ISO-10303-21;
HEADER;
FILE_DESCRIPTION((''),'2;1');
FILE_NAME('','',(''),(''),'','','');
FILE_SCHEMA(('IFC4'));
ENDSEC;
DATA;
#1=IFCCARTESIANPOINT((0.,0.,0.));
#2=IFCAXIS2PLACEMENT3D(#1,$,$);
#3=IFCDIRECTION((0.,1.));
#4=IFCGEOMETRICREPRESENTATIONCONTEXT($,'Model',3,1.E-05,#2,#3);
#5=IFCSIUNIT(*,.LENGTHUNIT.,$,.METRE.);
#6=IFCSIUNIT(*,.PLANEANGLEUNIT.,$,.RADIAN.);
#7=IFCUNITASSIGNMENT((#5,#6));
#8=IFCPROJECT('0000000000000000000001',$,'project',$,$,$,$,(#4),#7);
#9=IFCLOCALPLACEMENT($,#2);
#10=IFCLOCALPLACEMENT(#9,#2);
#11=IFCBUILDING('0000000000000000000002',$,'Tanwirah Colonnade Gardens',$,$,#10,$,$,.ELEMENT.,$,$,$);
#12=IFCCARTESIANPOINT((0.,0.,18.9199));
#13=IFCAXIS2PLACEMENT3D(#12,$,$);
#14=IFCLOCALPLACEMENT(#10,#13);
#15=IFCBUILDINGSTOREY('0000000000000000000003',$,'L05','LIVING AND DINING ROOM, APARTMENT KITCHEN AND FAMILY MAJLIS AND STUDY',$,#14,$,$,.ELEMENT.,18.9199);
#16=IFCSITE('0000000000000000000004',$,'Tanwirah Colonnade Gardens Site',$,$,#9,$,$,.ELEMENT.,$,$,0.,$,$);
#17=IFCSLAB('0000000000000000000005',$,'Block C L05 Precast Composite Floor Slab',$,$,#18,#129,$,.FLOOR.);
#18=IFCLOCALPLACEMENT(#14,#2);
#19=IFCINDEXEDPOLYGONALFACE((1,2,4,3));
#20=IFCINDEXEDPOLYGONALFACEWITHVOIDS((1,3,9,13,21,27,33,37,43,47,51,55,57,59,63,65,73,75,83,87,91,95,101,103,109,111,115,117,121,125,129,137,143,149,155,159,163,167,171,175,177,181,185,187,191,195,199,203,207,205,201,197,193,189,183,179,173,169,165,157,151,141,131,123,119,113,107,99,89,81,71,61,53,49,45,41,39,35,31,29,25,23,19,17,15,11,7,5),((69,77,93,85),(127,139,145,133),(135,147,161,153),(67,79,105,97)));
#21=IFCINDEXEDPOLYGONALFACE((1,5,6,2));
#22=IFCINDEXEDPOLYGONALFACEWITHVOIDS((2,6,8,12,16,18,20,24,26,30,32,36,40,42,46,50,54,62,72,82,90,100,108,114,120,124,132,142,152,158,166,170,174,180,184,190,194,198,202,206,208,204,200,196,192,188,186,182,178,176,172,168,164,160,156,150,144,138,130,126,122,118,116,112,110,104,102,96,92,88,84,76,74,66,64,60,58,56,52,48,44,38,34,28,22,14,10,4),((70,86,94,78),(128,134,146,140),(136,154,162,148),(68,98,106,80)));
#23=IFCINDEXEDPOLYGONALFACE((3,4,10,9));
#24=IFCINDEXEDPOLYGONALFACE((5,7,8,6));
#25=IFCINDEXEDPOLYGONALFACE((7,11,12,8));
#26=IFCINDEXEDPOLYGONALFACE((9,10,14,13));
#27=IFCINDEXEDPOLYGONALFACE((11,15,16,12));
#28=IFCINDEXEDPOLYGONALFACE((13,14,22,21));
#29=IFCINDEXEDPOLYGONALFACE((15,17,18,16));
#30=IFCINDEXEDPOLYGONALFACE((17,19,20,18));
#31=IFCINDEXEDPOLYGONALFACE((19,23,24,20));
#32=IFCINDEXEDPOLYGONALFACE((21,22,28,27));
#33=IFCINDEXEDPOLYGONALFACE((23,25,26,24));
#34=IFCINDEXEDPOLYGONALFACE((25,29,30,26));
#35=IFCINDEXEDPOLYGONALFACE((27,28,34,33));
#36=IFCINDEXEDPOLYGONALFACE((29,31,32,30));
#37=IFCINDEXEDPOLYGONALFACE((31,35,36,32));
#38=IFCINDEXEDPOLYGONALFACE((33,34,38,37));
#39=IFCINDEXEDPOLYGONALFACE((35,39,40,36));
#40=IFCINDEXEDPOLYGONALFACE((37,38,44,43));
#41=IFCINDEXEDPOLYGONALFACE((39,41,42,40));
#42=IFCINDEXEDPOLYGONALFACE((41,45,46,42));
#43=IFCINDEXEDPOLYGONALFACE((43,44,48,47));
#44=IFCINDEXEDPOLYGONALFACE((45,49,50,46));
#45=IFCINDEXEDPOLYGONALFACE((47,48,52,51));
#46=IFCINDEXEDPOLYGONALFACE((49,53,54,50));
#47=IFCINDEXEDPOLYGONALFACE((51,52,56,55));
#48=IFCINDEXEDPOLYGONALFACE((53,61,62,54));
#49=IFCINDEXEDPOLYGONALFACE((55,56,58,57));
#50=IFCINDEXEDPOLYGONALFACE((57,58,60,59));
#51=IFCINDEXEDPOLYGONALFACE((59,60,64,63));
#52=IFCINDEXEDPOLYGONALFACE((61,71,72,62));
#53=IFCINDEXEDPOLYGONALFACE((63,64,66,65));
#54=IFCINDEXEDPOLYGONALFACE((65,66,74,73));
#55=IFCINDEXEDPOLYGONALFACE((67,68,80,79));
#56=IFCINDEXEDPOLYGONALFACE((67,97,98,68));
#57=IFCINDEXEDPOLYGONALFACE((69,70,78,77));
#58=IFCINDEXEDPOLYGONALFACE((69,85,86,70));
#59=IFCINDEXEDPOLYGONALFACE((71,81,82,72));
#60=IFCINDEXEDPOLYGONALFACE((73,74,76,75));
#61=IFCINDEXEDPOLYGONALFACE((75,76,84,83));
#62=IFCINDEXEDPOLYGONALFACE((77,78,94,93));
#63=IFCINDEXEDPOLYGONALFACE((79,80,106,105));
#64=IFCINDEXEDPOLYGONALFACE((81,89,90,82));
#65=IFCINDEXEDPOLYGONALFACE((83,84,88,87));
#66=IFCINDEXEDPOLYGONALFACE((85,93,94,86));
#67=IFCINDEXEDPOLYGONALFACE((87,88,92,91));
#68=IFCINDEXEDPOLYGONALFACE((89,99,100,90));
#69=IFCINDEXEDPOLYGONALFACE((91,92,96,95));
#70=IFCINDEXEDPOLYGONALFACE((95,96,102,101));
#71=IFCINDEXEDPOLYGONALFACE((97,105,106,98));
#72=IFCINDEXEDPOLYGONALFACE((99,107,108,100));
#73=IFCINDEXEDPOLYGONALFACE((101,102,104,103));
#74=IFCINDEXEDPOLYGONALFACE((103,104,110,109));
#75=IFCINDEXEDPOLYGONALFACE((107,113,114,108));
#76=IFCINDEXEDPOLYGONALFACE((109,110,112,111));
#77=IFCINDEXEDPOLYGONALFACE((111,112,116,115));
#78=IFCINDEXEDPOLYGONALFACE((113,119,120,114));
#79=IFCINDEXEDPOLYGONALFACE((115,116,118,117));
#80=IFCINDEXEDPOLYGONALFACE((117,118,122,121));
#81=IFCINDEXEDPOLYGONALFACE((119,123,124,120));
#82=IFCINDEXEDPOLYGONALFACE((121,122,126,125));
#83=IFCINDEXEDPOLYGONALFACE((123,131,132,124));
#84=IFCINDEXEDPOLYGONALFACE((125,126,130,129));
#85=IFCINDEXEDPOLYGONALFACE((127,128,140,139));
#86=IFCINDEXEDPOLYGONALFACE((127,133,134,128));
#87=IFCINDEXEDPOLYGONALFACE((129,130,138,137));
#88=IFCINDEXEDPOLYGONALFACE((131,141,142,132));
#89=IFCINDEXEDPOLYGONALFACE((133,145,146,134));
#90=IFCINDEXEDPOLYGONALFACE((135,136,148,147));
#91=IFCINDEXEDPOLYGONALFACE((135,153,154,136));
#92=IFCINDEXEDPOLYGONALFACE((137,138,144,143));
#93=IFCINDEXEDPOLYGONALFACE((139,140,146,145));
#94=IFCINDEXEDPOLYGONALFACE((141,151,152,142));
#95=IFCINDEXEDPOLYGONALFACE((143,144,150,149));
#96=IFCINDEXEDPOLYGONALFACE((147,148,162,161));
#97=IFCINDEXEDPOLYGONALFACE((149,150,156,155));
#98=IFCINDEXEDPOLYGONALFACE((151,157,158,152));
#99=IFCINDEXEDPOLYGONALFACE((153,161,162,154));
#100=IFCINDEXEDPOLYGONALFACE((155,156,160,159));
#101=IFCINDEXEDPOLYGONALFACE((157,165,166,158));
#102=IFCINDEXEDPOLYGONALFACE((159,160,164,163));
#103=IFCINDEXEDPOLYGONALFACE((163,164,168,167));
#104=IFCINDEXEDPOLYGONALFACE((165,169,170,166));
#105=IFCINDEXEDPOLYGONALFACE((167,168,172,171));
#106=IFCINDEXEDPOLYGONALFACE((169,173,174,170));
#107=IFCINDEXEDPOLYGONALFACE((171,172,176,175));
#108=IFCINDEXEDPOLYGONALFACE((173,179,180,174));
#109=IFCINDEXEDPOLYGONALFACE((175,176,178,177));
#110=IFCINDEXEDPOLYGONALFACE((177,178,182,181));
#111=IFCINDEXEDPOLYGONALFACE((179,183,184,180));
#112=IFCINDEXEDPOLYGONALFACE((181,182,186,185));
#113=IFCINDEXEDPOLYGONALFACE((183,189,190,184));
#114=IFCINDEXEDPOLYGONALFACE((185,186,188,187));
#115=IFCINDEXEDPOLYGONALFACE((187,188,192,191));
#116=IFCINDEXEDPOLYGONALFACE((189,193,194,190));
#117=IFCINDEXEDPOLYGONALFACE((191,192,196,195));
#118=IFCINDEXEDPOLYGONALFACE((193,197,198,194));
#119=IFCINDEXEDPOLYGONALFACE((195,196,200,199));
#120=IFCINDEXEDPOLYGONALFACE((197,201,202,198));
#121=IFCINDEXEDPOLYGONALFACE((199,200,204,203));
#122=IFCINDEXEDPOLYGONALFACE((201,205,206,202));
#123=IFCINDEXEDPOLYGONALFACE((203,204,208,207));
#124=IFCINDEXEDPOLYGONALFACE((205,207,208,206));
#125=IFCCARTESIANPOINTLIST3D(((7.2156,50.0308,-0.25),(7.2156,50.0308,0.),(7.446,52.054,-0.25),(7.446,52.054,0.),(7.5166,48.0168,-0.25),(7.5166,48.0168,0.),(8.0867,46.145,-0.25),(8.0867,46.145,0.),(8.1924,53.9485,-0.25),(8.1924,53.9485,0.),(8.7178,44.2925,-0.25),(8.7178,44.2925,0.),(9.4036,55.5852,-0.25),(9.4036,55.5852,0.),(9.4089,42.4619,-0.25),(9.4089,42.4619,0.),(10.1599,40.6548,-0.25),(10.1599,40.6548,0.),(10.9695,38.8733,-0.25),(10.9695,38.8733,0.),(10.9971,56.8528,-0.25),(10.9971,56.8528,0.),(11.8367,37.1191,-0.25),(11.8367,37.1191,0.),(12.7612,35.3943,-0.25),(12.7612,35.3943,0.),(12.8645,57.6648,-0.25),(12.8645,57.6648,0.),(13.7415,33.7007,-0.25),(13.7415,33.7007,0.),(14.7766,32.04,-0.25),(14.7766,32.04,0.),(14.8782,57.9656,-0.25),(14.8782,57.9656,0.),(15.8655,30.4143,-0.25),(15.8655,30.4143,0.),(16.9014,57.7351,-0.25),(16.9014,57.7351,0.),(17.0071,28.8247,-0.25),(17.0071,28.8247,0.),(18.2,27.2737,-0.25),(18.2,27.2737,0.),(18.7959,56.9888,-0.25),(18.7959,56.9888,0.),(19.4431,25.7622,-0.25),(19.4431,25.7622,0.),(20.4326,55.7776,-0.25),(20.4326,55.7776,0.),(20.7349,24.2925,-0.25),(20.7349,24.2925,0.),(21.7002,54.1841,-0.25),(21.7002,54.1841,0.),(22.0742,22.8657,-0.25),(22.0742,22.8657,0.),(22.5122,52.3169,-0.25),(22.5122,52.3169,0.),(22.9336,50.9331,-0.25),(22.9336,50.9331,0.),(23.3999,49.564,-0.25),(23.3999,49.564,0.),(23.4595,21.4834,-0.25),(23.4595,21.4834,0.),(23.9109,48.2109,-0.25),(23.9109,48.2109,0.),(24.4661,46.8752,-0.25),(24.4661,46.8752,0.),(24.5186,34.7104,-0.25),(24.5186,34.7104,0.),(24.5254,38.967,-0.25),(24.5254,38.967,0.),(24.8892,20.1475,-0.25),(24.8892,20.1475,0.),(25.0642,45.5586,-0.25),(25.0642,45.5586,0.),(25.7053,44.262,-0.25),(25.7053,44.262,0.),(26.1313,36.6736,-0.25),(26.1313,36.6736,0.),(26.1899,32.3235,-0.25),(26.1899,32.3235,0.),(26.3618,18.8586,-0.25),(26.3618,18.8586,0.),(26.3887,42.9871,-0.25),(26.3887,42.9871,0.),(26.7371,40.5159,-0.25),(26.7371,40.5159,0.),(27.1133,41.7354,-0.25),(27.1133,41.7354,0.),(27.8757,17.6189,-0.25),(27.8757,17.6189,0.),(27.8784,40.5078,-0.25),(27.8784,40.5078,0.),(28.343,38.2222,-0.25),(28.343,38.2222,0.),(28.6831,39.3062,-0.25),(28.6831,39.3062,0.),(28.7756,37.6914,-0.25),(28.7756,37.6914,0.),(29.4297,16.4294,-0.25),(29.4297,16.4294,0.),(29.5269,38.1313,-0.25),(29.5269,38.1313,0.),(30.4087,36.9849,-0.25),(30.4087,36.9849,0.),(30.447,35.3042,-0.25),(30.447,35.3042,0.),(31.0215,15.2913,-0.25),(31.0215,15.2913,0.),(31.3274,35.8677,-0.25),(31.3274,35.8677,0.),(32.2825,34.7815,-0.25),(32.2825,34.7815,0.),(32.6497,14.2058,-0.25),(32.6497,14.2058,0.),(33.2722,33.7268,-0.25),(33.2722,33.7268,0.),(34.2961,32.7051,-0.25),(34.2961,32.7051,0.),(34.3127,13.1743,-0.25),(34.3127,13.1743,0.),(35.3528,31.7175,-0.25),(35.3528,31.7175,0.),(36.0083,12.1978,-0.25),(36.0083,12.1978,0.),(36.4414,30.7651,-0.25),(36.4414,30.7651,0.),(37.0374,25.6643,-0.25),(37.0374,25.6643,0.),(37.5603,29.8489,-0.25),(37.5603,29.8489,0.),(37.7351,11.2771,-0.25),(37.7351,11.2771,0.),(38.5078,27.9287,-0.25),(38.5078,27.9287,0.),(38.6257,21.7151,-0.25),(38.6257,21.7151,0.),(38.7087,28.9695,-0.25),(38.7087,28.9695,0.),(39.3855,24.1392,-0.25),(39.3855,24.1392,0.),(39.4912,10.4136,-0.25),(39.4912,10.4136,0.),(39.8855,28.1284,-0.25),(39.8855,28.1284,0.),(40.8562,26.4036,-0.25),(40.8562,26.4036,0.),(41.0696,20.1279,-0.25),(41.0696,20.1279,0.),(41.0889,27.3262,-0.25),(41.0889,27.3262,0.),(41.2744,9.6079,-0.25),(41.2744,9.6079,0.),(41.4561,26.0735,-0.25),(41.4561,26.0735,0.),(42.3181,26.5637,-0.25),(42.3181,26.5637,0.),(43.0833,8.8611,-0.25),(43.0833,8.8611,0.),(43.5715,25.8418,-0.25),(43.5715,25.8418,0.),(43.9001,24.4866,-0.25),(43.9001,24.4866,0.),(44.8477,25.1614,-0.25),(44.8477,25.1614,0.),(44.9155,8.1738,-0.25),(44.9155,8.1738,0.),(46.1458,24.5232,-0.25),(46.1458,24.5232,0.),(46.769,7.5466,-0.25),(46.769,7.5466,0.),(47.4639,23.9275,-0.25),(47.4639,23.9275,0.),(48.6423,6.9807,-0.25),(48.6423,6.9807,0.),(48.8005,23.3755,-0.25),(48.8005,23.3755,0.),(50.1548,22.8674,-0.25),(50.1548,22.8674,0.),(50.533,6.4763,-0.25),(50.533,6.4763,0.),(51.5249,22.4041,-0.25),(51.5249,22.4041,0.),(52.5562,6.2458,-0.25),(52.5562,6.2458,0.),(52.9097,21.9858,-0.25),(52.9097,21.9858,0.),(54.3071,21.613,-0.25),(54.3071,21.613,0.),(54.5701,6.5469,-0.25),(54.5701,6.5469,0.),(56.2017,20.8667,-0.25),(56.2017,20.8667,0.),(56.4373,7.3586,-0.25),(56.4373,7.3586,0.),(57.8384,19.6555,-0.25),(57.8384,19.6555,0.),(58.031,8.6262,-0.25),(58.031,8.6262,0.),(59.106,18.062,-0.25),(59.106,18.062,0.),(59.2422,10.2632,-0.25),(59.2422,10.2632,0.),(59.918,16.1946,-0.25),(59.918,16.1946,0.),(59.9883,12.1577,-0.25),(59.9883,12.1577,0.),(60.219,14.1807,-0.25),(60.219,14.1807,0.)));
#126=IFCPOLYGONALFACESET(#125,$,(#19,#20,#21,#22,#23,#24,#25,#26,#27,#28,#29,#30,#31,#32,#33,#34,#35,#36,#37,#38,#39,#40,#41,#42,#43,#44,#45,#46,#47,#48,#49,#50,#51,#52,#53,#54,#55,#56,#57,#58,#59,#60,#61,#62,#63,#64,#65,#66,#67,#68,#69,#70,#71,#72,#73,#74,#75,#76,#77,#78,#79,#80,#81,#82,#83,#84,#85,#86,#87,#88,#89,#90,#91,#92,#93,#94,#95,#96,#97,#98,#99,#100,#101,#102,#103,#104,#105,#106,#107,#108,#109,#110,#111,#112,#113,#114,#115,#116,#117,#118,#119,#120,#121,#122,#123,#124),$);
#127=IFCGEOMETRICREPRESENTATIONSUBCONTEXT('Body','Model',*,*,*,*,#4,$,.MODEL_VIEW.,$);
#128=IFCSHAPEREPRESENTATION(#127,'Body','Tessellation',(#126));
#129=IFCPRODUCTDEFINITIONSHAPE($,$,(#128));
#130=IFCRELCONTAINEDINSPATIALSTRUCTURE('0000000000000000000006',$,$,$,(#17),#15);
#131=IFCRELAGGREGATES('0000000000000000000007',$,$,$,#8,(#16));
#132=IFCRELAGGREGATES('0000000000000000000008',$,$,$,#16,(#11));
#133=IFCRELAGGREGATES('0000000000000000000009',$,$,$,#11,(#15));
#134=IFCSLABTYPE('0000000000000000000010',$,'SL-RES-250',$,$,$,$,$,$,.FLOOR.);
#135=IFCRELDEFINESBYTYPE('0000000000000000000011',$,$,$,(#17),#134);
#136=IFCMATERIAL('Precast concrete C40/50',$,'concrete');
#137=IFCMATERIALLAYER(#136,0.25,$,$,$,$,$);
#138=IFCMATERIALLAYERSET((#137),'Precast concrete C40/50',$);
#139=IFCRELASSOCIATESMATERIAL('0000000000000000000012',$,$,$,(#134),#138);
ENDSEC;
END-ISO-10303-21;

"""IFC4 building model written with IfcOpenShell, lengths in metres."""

from ifc_helpers import new_model, si_unit, direction, frame, origin, place, context, subcontext, project, spatial, polyline, outline, extrude, material, layer, layer_set, type_object, element, save


model = new_model("IFC4")

# Units and contexts
model_context = context("Model", 3, precision=1e-05, world=origin(), true_north=direction((0.0, 1.0)))
body_context = subcontext(model_context, "Body", "Model", "MODEL_VIEW")
ifc_project = project(units=[si_unit("LENGTHUNIT", "METRE"), si_unit("PLANEANGLEUNIT", "RADIAN")], contexts=[model_context])

# Site, building, storey
site_placement = place(None, origin())
site = spatial("IfcSite", under=ifc_project, at=site_placement, Name="Tanwirah Colonnade Gardens Site", CompositionType="ELEMENT", RefElevation=0.0)
building_placement = place(site_placement, origin())
building = spatial("IfcBuilding", under=site, at=building_placement, Name="Tanwirah Colonnade Gardens", CompositionType="ELEMENT")
storey_placement = place(building_placement, frame((0.0, 0.0, 18.9199)))
storey = spatial("IfcBuildingStorey", under=building, at=storey_placement, Name="L05", Description="LIVING AND DINING ROOM, APARTMENT KITCHEN AND FAMILY MAJLIS AND STUDY", CompositionType="ELEMENT", Elevation=18.9199)

# Shared definitions
ifc_material_1 = material(Name="Precast concrete C40/50", Category="concrete")

# Slab
ifc_layer_1 = layer(ifc_material_1, 0.25)
ifc_layer_set_1 = layer_set([ifc_layer_1], Name="Precast concrete C40/50")
slab_type_1 = type_object("IfcSlabType", Name="SL-RES-250", PredefinedType="FLOOR", material=ifc_layer_set_1)
slab_1_placement = place(storey_placement, frame((0.0, 0.0, -0.25)))
element("IfcSlab", 1, at=slab_1_placement, inside=storey, type_object=slab_type_1, Name="Block C L05 Precast Composite Floor Slab", PredefinedType="FLOOR", context=body_context, shape_type="SweptSolid", body=[
    extrude(outline(polyline([(23.3999, 49.564), (22.9336, 50.9331), (22.5122, 52.3169), (21.7002, 54.1841), (20.4326, 55.7776), (18.7959, 56.9888), (16.9014, 57.7351), (14.8782, 57.9656), (12.8645, 57.6648), (10.9971, 56.8528), (9.4036, 55.5852), (8.1924, 53.9485), (7.446, 52.054), (7.2156, 50.0308), (7.5166, 48.0168), (8.0867, 46.145), (8.7178, 44.2925), (9.4089, 42.4619), (10.1599, 40.6548), (10.9695, 38.8733), (11.8367, 37.1191), (12.7612, 35.3943), (13.7415, 33.7007), (14.7766, 32.04), (15.8655, 30.4143), (17.0071, 28.8247), (18.2, 27.2737), (19.4431, 25.7622), (20.7349, 24.2925), (22.0742, 22.8657), (23.4595, 21.4834), (24.8892, 20.1475), (26.3618, 18.8586), (27.8757, 17.6189), (29.4297, 16.4294), (31.0215, 15.2913), (32.6497, 14.2058), (34.3127, 13.1743), (36.0083, 12.1978), (37.7351, 11.2771), (39.4912, 10.4136), (41.2744, 9.6079), (43.0833, 8.8611), (44.9155, 8.1738), (46.769, 7.5466), (48.6423, 6.9807), (50.533, 6.4763), (52.5562, 6.2458), (54.5701, 6.5469), (56.4373, 7.3586), (58.031, 8.6262), (59.2422, 10.2632), (59.9883, 12.1577), (60.219, 14.1807), (59.918, 16.1946), (59.106, 18.062), (57.8384, 19.6555), (56.2017, 20.8667), (54.3071, 21.613), (52.9097, 21.9858), (51.5249, 22.4041), (50.1548, 22.8674), (48.8005, 23.3755), (47.4639, 23.9275), (46.1458, 24.5232), (44.8477, 25.1614), (43.5715, 25.8418), (42.3181, 26.5637), (41.0889, 27.3262), (39.8855, 28.1284), (38.7087, 28.9695), (37.5603, 29.8489), (36.4414, 30.7651), (35.3528, 31.7175), (34.2961, 32.7051), (33.2722, 33.7268), (32.2825, 34.7815), (31.3274, 35.8677), (30.4087, 36.9849), (29.5269, 38.1313), (28.6831, 39.3062), (27.8784, 40.5078), (27.1133, 41.7354), (26.3887, 42.9871), (25.7053, 44.262), (25.0642, 45.5586), (24.4661, 46.8752), (23.9109, 48.2109), (23.3999, 49.564)]), holes=[polyline([(24.5186, 34.7104), (28.7756, 37.6914), (30.447, 35.3042), (26.1899, 32.3235), (24.5186, 34.7104)]), polyline([(26.7371, 40.5159), (28.343, 38.2222), (26.1313, 36.6736), (24.5254, 38.967), (26.7371, 40.5159)]), polyline([(43.9001, 24.4866), (41.0696, 20.1279), (38.6257, 21.7151), (41.4561, 26.0735), (43.9001, 24.4866)]), polyline([(39.3855, 24.1392), (37.0374, 25.6643), (38.5078, 27.9287), (40.8562, 26.4036), (39.3855, 24.1392)])]), origin(), (0.0, 0.0, 1.0), 0.25),
])

save(model, "model.ifc")
